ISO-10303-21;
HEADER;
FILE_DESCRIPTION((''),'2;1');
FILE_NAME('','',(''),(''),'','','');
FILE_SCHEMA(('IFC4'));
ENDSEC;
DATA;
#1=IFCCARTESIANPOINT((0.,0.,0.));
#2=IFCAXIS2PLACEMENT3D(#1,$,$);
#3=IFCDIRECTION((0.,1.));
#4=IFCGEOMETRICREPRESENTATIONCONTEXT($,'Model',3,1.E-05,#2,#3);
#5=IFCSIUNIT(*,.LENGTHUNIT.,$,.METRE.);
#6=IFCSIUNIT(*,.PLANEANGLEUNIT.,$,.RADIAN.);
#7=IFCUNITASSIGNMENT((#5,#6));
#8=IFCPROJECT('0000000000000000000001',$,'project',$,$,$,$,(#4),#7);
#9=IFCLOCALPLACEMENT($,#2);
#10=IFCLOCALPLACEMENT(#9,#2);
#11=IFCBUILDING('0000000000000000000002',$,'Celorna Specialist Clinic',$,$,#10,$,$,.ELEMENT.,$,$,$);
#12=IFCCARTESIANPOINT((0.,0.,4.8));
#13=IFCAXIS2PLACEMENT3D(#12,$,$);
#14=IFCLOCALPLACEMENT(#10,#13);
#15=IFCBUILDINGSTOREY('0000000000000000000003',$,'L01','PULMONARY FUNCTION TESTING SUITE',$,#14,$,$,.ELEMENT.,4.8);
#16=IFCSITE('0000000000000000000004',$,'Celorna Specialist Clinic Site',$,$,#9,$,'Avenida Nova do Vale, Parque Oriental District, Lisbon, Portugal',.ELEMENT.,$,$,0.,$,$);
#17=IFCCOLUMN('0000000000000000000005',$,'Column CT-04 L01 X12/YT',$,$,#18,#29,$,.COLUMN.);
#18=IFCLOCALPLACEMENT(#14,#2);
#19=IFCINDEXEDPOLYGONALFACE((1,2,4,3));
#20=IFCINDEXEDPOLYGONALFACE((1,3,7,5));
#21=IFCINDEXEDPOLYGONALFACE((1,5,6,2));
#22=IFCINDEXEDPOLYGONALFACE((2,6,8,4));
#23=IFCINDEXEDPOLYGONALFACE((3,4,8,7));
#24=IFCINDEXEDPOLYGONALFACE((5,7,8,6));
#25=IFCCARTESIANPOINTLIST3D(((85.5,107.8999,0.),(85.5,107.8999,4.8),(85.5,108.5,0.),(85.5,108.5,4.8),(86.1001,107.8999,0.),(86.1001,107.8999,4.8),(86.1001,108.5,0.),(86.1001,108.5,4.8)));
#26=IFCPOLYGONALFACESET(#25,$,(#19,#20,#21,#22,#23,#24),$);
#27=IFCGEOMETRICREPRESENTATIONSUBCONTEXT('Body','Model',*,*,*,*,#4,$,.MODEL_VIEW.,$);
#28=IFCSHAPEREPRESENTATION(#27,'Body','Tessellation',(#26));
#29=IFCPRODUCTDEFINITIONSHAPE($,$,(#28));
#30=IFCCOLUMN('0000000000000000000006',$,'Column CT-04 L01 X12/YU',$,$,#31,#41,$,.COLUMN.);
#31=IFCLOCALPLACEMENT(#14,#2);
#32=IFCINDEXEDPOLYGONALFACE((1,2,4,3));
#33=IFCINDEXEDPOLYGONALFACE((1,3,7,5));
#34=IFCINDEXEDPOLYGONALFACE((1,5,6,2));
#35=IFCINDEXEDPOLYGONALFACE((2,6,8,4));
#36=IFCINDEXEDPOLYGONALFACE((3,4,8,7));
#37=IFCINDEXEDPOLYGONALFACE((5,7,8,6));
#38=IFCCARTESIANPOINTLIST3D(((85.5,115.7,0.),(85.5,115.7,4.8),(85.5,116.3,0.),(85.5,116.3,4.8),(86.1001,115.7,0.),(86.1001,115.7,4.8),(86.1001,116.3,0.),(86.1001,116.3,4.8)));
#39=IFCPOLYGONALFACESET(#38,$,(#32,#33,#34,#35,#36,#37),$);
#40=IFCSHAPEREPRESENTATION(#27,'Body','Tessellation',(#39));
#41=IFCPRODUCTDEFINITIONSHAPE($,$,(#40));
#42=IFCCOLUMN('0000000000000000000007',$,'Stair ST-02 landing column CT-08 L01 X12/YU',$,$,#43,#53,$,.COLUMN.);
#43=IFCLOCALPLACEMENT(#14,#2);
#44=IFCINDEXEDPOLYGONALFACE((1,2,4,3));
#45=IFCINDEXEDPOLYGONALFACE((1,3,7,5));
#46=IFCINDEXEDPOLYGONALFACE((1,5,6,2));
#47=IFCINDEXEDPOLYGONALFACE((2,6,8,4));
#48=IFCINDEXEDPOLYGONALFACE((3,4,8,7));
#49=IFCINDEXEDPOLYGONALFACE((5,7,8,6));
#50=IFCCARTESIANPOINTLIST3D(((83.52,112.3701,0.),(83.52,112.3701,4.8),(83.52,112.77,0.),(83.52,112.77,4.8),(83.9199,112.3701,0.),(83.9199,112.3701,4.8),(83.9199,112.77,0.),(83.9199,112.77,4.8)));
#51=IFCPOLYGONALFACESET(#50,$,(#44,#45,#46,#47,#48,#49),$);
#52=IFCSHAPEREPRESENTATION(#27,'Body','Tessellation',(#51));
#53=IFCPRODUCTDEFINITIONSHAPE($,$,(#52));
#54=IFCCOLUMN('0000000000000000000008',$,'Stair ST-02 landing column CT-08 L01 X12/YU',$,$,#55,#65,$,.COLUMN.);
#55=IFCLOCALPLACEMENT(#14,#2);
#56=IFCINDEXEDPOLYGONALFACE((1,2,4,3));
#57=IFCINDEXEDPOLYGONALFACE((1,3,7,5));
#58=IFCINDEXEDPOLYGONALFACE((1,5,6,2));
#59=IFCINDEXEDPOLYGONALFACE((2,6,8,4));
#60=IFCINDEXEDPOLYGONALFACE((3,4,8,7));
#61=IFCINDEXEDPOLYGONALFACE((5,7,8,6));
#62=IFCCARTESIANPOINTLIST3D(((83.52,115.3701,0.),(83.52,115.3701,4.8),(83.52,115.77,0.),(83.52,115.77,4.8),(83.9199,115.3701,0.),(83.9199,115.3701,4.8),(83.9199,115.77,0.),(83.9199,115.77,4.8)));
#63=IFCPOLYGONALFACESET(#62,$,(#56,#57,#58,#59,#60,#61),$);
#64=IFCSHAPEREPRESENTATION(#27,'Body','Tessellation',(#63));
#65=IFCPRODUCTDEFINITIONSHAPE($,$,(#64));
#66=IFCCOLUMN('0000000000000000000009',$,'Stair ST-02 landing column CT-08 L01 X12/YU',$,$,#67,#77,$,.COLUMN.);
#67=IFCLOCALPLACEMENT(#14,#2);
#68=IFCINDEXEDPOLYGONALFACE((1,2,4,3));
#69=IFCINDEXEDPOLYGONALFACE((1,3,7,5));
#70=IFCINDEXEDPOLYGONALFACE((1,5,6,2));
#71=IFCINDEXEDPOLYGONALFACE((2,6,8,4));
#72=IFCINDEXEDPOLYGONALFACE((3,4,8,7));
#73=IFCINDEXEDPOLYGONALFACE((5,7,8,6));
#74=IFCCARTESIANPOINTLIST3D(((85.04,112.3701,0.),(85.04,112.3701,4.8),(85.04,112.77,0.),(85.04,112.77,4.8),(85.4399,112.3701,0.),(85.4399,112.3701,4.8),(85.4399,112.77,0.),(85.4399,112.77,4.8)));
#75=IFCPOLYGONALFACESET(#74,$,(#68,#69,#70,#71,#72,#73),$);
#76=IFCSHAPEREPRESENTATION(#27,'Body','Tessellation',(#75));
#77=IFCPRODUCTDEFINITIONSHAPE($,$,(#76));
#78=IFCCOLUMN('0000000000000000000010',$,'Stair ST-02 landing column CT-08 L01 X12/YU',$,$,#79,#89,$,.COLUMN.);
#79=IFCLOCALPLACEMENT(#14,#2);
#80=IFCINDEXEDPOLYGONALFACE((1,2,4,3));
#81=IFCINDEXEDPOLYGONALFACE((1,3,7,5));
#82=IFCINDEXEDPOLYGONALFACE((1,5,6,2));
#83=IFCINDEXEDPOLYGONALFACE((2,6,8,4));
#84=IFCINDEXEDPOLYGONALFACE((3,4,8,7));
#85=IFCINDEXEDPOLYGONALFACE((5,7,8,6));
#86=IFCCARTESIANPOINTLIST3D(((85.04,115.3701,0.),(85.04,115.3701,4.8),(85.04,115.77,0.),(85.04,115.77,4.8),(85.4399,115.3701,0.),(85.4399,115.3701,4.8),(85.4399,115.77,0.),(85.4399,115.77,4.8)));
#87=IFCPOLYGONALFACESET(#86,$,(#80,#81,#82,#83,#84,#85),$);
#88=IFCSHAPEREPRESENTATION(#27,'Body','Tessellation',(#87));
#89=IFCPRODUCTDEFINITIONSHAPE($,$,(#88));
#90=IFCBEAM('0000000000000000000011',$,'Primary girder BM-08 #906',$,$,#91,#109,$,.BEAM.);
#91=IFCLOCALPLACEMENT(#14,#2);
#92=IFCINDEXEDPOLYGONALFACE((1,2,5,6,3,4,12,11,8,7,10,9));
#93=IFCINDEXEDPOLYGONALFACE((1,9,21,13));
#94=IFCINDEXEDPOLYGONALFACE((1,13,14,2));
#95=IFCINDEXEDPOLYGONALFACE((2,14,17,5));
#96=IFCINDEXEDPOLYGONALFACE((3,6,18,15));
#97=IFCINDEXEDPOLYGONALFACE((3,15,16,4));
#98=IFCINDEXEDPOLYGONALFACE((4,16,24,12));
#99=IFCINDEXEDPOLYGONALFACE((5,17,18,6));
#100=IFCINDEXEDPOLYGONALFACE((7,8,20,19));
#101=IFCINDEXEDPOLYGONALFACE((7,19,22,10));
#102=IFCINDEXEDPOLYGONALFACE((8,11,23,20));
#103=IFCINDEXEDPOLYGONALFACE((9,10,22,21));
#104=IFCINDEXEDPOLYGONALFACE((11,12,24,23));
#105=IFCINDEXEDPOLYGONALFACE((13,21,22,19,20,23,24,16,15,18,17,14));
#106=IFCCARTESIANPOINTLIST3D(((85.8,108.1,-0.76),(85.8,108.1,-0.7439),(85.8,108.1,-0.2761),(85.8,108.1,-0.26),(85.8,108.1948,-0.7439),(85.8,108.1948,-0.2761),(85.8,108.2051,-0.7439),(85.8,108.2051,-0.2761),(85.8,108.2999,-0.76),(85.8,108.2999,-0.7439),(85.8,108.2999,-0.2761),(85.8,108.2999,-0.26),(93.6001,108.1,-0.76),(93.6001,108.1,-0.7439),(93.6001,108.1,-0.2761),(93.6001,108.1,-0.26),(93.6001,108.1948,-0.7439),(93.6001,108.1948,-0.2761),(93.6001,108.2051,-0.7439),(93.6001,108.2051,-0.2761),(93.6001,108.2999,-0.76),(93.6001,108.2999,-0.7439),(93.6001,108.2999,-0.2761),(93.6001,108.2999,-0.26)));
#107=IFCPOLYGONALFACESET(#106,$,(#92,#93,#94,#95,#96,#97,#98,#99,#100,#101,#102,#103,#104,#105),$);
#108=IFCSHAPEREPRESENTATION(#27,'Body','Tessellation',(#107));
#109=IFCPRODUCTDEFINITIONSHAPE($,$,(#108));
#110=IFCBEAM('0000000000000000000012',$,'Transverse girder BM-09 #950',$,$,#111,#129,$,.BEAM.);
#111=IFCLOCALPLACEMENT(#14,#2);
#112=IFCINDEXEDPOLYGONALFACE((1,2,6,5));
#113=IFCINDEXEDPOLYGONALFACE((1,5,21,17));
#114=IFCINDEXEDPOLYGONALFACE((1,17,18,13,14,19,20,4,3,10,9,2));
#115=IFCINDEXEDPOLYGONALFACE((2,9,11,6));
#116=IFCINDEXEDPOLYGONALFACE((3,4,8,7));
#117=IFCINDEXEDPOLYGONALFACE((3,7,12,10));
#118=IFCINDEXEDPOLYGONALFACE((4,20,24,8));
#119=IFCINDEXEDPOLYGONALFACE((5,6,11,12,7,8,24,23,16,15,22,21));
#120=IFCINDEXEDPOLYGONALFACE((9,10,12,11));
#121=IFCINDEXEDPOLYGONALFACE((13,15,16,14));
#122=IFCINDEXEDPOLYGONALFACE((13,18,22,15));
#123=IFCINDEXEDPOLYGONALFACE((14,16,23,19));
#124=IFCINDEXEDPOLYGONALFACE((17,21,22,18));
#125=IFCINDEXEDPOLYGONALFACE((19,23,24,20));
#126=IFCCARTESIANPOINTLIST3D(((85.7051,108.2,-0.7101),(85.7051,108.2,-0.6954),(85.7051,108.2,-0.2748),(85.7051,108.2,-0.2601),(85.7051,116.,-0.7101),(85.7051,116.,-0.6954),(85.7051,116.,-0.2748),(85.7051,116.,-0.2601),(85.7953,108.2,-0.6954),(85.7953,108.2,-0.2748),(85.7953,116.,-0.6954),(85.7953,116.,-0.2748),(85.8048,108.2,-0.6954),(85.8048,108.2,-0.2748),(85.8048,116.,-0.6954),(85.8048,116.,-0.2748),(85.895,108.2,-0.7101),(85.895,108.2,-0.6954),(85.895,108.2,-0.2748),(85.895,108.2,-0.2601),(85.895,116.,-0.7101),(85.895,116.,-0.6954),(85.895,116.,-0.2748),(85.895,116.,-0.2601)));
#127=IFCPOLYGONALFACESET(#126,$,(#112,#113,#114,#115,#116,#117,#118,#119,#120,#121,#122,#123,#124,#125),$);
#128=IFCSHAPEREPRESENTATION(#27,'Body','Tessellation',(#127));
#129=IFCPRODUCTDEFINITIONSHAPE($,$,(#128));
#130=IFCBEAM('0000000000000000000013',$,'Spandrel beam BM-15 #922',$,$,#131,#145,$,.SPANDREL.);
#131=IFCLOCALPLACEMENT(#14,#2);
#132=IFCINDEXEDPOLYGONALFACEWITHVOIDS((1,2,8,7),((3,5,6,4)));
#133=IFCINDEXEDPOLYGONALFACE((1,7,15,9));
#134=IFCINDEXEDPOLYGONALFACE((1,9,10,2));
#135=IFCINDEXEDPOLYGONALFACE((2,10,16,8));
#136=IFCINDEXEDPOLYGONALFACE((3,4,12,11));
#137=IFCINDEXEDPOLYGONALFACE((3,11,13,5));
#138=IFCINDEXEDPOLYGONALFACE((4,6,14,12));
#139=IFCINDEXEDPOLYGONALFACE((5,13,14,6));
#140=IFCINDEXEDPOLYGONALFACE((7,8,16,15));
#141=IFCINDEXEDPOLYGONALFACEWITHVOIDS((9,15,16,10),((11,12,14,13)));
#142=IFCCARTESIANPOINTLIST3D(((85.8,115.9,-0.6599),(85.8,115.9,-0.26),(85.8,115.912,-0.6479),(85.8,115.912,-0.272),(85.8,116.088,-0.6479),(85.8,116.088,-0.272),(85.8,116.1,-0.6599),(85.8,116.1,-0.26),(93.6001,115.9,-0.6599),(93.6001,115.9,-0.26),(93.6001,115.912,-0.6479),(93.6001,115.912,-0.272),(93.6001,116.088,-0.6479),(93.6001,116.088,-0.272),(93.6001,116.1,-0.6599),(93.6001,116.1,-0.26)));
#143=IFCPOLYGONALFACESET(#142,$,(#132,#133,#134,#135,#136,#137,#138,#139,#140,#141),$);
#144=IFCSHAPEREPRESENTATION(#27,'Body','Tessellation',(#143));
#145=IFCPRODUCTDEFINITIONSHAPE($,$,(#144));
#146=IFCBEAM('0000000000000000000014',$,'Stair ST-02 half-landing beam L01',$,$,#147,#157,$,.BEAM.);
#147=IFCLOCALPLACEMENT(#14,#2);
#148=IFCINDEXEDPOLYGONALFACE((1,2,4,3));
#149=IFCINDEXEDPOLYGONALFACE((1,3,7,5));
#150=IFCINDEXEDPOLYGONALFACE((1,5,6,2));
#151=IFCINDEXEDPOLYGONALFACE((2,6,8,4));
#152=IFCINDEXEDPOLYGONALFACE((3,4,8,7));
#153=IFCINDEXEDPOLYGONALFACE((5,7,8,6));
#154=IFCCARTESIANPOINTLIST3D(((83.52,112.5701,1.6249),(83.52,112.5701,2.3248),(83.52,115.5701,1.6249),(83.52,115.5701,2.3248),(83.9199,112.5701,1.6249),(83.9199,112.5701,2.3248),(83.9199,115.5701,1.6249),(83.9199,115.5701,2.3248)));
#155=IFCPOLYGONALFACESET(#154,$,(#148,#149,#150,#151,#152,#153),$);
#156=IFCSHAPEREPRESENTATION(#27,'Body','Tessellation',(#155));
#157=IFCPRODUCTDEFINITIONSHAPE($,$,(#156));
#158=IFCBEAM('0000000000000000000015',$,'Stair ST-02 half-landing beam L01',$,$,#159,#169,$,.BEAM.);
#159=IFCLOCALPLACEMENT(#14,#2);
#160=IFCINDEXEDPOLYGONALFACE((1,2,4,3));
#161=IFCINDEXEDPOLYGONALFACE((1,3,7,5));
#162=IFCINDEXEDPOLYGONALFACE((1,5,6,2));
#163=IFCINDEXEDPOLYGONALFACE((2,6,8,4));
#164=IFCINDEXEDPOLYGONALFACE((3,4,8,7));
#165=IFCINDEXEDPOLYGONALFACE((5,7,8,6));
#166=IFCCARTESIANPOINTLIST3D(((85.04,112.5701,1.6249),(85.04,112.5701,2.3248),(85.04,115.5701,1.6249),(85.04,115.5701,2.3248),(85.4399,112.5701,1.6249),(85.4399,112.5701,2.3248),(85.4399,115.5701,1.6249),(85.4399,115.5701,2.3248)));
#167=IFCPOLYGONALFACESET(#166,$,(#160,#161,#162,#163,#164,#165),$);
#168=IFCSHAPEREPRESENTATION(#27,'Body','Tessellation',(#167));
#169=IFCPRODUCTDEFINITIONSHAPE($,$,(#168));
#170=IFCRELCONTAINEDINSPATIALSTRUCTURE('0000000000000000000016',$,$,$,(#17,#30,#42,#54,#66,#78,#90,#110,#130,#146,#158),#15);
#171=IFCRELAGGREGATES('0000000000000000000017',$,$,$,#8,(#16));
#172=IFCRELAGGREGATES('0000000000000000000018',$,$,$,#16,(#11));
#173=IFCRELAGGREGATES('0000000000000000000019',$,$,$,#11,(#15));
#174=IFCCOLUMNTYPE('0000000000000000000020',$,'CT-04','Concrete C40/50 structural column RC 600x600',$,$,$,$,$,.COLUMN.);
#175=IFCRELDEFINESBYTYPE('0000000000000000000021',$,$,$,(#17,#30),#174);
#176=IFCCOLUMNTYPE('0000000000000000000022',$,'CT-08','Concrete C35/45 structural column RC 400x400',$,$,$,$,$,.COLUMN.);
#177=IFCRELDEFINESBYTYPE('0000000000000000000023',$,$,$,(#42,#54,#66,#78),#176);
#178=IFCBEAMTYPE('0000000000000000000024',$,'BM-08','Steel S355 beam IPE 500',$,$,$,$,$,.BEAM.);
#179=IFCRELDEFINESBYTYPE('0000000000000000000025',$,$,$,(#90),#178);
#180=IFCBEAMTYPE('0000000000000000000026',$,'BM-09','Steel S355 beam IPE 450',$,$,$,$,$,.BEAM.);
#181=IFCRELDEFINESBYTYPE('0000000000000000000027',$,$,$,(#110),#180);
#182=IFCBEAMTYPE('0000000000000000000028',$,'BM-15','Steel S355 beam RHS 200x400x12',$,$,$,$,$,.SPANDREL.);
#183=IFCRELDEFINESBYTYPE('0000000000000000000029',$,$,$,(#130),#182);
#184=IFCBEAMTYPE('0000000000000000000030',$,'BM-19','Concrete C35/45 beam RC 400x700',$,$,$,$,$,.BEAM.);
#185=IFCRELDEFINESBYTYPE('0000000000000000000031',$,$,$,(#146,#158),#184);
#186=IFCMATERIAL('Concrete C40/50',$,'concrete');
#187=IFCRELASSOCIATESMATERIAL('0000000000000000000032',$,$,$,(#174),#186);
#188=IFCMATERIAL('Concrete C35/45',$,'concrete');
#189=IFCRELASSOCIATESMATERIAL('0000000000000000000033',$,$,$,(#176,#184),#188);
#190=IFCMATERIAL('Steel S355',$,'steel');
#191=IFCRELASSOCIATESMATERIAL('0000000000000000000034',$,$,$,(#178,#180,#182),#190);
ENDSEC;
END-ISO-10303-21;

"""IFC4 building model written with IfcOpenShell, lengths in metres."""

from ifc_helpers import new_model, si_unit, direction, frame, origin, origin_2d, place, context, subcontext, project, spatial, rectangle, hollow_rectangle, i_section, extrude, material, material_profile, profile_set, type_object, element, save


model = new_model("IFC4")

# Units and contexts
model_context = context("Model", 3, precision=1e-05, world=origin(), true_north=direction((0.0, 1.0)))
body_context = subcontext(model_context, "Body", "Model", "MODEL_VIEW")
ifc_project = project(units=[si_unit("LENGTHUNIT", "METRE"), si_unit("PLANEANGLEUNIT", "RADIAN")], contexts=[model_context])

# Site, building, storey
site_placement = place(None, origin())
site = spatial("IfcSite", under=ifc_project, at=site_placement, Name="Celorna Specialist Clinic Site", LongName="Avenida Nova do Vale, Parque Oriental District, Lisbon, Portugal", CompositionType="ELEMENT", RefElevation=0.0)
building_placement = place(site_placement, origin())
building = spatial("IfcBuilding", under=site, at=building_placement, Name="Celorna Specialist Clinic", CompositionType="ELEMENT")
storey_placement = place(building_placement, frame((0.0, 0.0, 4.8)))
storey = spatial("IfcBuildingStorey", under=building, at=storey_placement, Name="L01", Description="PULMONARY FUNCTION TESTING SUITE", CompositionType="ELEMENT", Elevation=4.8)

# Columns
ifc_material_1 = material(Name="Concrete C40/50", Category="concrete")
ifc_material_profile_1 = material_profile(ifc_material_1, rectangle(XDim=0.6001, YDim=0.6001, at=origin_2d()), Name="RC 600x600")
ifc_profile_set_1 = profile_set([ifc_material_profile_1], Name="Concrete C40/50")
column_type_1 = type_object("IfcColumnType", Name="CT-04", Description="Concrete C40/50 structural column RC 600x600", PredefinedType="COLUMN", material=ifc_profile_set_1)
for number, where, z_axis, x_axis, name in (
    (1, (85.8, 108.2, 0.0), (0.0, 0.0, 1.0), (1.0, 0.0, 0.0), "Column CT-04 L01 X12/YT"),
    (2, (85.8, 116.0, 0.0), (0.0, 0.0, 1.0), (1.0, 0.0, 0.0), "Column CT-04 L01 X12/YU"),
):
    element("IfcColumn", number, at=place(storey_placement, frame(where, z_axis=z_axis, x_axis=x_axis)), inside=storey, type_object=column_type_1, Name=name, PredefinedType="COLUMN", context=body_context, shape_type="SweptSolid", body=[
        extrude(rectangle(XDim=0.6001, YDim=0.6001, at=origin_2d()), origin(), (0.0, 0.0, 1.0), 4.8),
    ])
ifc_material_2 = material(Name="Concrete C35/45", Category="concrete")
ifc_material_profile_2 = material_profile(ifc_material_2, rectangle(XDim=0.3999, YDim=0.3999, at=origin_2d()), Name="RC 400x400")
ifc_profile_set_2 = profile_set([ifc_material_profile_2], Name="Concrete C35/45")
column_type_2 = type_object("IfcColumnType", Name="CT-08", Description="Concrete C35/45 structural column RC 400x400", PredefinedType="COLUMN", material=ifc_profile_set_2)
for number, where, z_axis, x_axis, name in (
    (3, (83.72, 112.5701, 0.0), (0.0, 0.0, 1.0), (1.0, 0.0, 0.0), "Stair ST-02 landing column CT-08 L01 X12/YU"),
    (4, (83.72, 115.5701, 0.0), (0.0, 0.0, 1.0), (1.0, 0.0, 0.0), "Stair ST-02 landing column CT-08 L01 X12/YU"),
    (5, (85.24, 112.5701, 0.0), (0.0, 0.0, 1.0), (1.0, 0.0, 0.0), "Stair ST-02 landing column CT-08 L01 X12/YU"),
    (6, (85.24, 115.5701, 0.0), (0.0, 0.0, 1.0), (1.0, 0.0, 0.0), "Stair ST-02 landing column CT-08 L01 X12/YU"),
):
    element("IfcColumn", number, at=place(storey_placement, frame(where, z_axis=z_axis, x_axis=x_axis)), inside=storey, type_object=column_type_2, Name=name, PredefinedType="COLUMN", context=body_context, shape_type="SweptSolid", body=[
        extrude(rectangle(XDim=0.3999, YDim=0.3999, at=origin_2d()), origin(), (0.0, 0.0, 1.0), 4.8),
    ])

# Beams
ifc_material_3 = material(Name="Steel S355", Category="steel")
ifc_material_profile_3 = material_profile(ifc_material_3, i_section(OverallWidth=0.2, OverallDepth=0.5, WebThickness=0.0103, FlangeThickness=0.0161, at=origin_2d()), Name="IPE 500")
ifc_profile_set_3 = profile_set([ifc_material_profile_3], Name="Steel S355")
beam_type_1 = type_object("IfcBeamType", Name="BM-08", Description="Steel S355 beam IPE 500", PredefinedType="BEAM", material=ifc_profile_set_3)
beam_1_placement = place(storey_placement, frame((85.8, 108.2, -0.51), z_axis=(1.0, 0.0, 0.0), x_axis=(0.0, 1.0, 0.0)))
element("IfcBeam", 7, at=beam_1_placement, inside=storey, type_object=beam_type_1, Name="Primary girder BM-08 #906", PredefinedType="BEAM", context=body_context, shape_type="SweptSolid", body=[
    extrude(i_section(OverallWidth=0.2, OverallDepth=0.5, WebThickness=0.0103, FlangeThickness=0.0161, at=origin_2d()), origin(), (0.0, 0.0, 1.0), 7.8),
])
ifc_material_profile_4 = material_profile(ifc_material_3, i_section(OverallWidth=0.1899, OverallDepth=0.45, WebThickness=0.0095, FlangeThickness=0.0146, at=origin_2d()), Name="IPE 450")
ifc_profile_set_4 = profile_set([ifc_material_profile_4], Name="Steel S355")
beam_type_2 = type_object("IfcBeamType", Name="BM-09", Description="Steel S355 beam IPE 450", PredefinedType="BEAM", material=ifc_profile_set_4)
beam_2_placement = place(storey_placement, frame((85.8, 108.2, -0.4851), z_axis=(0.0, 1.0, 0.0), x_axis=(-1.0, 0.0, 0.0)))
element("IfcBeam", 8, at=beam_2_placement, inside=storey, type_object=beam_type_2, Name="Transverse girder BM-09 #950", PredefinedType="BEAM", context=body_context, shape_type="SweptSolid", body=[
    extrude(i_section(OverallWidth=0.1899, OverallDepth=0.45, WebThickness=0.0095, FlangeThickness=0.0146, at=origin_2d()), origin(), (0.0, 0.0, 1.0), 7.8),
])
ifc_material_profile_5 = material_profile(ifc_material_3, hollow_rectangle(XDim=0.2, YDim=0.3999, WallThickness=0.012, at=origin_2d()), Name="RHS 200x400x12")
ifc_profile_set_5 = profile_set([ifc_material_profile_5], Name="Steel S355")
beam_type_3 = type_object("IfcBeamType", Name="BM-15", Description="Steel S355 beam RHS 200x400x12", PredefinedType="SPANDREL", material=ifc_profile_set_5)
beam_3_placement = place(storey_placement, frame((85.8, 116.0, -0.46), z_axis=(1.0, 0.0, 0.0), x_axis=(0.0, 1.0, 0.0)))
element("IfcBeam", 9, at=beam_3_placement, inside=storey, type_object=beam_type_3, Name="Spandrel beam BM-15 #922", PredefinedType="SPANDREL", context=body_context, shape_type="SweptSolid", body=[
    extrude(hollow_rectangle(XDim=0.2, YDim=0.3999, WallThickness=0.012, at=origin_2d()), origin(), (0.0, 0.0, 1.0), 7.8),
])
ifc_material_profile_6 = material_profile(ifc_material_2, rectangle(XDim=0.3999, YDim=0.7, at=origin_2d()), Name="RC 400x700")
ifc_profile_set_6 = profile_set([ifc_material_profile_6], Name="Concrete C35/45")
beam_type_4 = type_object("IfcBeamType", Name="BM-19", Description="Concrete C35/45 beam RC 400x700", PredefinedType="BEAM", material=ifc_profile_set_6)
for number, where, z_axis, x_axis, name in (
    (10, (83.72, 112.5701, 1.9749), (0.0, 1.0, 0.0), (-1.0, 0.0, 0.0), "Stair ST-02 half-landing beam L01"),
    (11, (85.24, 112.5701, 1.9749), (0.0, 1.0, 0.0), (-1.0, 0.0, 0.0), "Stair ST-02 half-landing beam L01"),
):
    element("IfcBeam", number, at=place(storey_placement, frame(where, z_axis=z_axis, x_axis=x_axis)), inside=storey, type_object=beam_type_4, Name=name, PredefinedType="BEAM", context=body_context, shape_type="SweptSolid", body=[
        extrude(rectangle(XDim=0.3999, YDim=0.7, at=origin_2d()), origin(), (0.0, 0.0, 1.0), 3.0),
    ])

save(model, "model.ifc")
